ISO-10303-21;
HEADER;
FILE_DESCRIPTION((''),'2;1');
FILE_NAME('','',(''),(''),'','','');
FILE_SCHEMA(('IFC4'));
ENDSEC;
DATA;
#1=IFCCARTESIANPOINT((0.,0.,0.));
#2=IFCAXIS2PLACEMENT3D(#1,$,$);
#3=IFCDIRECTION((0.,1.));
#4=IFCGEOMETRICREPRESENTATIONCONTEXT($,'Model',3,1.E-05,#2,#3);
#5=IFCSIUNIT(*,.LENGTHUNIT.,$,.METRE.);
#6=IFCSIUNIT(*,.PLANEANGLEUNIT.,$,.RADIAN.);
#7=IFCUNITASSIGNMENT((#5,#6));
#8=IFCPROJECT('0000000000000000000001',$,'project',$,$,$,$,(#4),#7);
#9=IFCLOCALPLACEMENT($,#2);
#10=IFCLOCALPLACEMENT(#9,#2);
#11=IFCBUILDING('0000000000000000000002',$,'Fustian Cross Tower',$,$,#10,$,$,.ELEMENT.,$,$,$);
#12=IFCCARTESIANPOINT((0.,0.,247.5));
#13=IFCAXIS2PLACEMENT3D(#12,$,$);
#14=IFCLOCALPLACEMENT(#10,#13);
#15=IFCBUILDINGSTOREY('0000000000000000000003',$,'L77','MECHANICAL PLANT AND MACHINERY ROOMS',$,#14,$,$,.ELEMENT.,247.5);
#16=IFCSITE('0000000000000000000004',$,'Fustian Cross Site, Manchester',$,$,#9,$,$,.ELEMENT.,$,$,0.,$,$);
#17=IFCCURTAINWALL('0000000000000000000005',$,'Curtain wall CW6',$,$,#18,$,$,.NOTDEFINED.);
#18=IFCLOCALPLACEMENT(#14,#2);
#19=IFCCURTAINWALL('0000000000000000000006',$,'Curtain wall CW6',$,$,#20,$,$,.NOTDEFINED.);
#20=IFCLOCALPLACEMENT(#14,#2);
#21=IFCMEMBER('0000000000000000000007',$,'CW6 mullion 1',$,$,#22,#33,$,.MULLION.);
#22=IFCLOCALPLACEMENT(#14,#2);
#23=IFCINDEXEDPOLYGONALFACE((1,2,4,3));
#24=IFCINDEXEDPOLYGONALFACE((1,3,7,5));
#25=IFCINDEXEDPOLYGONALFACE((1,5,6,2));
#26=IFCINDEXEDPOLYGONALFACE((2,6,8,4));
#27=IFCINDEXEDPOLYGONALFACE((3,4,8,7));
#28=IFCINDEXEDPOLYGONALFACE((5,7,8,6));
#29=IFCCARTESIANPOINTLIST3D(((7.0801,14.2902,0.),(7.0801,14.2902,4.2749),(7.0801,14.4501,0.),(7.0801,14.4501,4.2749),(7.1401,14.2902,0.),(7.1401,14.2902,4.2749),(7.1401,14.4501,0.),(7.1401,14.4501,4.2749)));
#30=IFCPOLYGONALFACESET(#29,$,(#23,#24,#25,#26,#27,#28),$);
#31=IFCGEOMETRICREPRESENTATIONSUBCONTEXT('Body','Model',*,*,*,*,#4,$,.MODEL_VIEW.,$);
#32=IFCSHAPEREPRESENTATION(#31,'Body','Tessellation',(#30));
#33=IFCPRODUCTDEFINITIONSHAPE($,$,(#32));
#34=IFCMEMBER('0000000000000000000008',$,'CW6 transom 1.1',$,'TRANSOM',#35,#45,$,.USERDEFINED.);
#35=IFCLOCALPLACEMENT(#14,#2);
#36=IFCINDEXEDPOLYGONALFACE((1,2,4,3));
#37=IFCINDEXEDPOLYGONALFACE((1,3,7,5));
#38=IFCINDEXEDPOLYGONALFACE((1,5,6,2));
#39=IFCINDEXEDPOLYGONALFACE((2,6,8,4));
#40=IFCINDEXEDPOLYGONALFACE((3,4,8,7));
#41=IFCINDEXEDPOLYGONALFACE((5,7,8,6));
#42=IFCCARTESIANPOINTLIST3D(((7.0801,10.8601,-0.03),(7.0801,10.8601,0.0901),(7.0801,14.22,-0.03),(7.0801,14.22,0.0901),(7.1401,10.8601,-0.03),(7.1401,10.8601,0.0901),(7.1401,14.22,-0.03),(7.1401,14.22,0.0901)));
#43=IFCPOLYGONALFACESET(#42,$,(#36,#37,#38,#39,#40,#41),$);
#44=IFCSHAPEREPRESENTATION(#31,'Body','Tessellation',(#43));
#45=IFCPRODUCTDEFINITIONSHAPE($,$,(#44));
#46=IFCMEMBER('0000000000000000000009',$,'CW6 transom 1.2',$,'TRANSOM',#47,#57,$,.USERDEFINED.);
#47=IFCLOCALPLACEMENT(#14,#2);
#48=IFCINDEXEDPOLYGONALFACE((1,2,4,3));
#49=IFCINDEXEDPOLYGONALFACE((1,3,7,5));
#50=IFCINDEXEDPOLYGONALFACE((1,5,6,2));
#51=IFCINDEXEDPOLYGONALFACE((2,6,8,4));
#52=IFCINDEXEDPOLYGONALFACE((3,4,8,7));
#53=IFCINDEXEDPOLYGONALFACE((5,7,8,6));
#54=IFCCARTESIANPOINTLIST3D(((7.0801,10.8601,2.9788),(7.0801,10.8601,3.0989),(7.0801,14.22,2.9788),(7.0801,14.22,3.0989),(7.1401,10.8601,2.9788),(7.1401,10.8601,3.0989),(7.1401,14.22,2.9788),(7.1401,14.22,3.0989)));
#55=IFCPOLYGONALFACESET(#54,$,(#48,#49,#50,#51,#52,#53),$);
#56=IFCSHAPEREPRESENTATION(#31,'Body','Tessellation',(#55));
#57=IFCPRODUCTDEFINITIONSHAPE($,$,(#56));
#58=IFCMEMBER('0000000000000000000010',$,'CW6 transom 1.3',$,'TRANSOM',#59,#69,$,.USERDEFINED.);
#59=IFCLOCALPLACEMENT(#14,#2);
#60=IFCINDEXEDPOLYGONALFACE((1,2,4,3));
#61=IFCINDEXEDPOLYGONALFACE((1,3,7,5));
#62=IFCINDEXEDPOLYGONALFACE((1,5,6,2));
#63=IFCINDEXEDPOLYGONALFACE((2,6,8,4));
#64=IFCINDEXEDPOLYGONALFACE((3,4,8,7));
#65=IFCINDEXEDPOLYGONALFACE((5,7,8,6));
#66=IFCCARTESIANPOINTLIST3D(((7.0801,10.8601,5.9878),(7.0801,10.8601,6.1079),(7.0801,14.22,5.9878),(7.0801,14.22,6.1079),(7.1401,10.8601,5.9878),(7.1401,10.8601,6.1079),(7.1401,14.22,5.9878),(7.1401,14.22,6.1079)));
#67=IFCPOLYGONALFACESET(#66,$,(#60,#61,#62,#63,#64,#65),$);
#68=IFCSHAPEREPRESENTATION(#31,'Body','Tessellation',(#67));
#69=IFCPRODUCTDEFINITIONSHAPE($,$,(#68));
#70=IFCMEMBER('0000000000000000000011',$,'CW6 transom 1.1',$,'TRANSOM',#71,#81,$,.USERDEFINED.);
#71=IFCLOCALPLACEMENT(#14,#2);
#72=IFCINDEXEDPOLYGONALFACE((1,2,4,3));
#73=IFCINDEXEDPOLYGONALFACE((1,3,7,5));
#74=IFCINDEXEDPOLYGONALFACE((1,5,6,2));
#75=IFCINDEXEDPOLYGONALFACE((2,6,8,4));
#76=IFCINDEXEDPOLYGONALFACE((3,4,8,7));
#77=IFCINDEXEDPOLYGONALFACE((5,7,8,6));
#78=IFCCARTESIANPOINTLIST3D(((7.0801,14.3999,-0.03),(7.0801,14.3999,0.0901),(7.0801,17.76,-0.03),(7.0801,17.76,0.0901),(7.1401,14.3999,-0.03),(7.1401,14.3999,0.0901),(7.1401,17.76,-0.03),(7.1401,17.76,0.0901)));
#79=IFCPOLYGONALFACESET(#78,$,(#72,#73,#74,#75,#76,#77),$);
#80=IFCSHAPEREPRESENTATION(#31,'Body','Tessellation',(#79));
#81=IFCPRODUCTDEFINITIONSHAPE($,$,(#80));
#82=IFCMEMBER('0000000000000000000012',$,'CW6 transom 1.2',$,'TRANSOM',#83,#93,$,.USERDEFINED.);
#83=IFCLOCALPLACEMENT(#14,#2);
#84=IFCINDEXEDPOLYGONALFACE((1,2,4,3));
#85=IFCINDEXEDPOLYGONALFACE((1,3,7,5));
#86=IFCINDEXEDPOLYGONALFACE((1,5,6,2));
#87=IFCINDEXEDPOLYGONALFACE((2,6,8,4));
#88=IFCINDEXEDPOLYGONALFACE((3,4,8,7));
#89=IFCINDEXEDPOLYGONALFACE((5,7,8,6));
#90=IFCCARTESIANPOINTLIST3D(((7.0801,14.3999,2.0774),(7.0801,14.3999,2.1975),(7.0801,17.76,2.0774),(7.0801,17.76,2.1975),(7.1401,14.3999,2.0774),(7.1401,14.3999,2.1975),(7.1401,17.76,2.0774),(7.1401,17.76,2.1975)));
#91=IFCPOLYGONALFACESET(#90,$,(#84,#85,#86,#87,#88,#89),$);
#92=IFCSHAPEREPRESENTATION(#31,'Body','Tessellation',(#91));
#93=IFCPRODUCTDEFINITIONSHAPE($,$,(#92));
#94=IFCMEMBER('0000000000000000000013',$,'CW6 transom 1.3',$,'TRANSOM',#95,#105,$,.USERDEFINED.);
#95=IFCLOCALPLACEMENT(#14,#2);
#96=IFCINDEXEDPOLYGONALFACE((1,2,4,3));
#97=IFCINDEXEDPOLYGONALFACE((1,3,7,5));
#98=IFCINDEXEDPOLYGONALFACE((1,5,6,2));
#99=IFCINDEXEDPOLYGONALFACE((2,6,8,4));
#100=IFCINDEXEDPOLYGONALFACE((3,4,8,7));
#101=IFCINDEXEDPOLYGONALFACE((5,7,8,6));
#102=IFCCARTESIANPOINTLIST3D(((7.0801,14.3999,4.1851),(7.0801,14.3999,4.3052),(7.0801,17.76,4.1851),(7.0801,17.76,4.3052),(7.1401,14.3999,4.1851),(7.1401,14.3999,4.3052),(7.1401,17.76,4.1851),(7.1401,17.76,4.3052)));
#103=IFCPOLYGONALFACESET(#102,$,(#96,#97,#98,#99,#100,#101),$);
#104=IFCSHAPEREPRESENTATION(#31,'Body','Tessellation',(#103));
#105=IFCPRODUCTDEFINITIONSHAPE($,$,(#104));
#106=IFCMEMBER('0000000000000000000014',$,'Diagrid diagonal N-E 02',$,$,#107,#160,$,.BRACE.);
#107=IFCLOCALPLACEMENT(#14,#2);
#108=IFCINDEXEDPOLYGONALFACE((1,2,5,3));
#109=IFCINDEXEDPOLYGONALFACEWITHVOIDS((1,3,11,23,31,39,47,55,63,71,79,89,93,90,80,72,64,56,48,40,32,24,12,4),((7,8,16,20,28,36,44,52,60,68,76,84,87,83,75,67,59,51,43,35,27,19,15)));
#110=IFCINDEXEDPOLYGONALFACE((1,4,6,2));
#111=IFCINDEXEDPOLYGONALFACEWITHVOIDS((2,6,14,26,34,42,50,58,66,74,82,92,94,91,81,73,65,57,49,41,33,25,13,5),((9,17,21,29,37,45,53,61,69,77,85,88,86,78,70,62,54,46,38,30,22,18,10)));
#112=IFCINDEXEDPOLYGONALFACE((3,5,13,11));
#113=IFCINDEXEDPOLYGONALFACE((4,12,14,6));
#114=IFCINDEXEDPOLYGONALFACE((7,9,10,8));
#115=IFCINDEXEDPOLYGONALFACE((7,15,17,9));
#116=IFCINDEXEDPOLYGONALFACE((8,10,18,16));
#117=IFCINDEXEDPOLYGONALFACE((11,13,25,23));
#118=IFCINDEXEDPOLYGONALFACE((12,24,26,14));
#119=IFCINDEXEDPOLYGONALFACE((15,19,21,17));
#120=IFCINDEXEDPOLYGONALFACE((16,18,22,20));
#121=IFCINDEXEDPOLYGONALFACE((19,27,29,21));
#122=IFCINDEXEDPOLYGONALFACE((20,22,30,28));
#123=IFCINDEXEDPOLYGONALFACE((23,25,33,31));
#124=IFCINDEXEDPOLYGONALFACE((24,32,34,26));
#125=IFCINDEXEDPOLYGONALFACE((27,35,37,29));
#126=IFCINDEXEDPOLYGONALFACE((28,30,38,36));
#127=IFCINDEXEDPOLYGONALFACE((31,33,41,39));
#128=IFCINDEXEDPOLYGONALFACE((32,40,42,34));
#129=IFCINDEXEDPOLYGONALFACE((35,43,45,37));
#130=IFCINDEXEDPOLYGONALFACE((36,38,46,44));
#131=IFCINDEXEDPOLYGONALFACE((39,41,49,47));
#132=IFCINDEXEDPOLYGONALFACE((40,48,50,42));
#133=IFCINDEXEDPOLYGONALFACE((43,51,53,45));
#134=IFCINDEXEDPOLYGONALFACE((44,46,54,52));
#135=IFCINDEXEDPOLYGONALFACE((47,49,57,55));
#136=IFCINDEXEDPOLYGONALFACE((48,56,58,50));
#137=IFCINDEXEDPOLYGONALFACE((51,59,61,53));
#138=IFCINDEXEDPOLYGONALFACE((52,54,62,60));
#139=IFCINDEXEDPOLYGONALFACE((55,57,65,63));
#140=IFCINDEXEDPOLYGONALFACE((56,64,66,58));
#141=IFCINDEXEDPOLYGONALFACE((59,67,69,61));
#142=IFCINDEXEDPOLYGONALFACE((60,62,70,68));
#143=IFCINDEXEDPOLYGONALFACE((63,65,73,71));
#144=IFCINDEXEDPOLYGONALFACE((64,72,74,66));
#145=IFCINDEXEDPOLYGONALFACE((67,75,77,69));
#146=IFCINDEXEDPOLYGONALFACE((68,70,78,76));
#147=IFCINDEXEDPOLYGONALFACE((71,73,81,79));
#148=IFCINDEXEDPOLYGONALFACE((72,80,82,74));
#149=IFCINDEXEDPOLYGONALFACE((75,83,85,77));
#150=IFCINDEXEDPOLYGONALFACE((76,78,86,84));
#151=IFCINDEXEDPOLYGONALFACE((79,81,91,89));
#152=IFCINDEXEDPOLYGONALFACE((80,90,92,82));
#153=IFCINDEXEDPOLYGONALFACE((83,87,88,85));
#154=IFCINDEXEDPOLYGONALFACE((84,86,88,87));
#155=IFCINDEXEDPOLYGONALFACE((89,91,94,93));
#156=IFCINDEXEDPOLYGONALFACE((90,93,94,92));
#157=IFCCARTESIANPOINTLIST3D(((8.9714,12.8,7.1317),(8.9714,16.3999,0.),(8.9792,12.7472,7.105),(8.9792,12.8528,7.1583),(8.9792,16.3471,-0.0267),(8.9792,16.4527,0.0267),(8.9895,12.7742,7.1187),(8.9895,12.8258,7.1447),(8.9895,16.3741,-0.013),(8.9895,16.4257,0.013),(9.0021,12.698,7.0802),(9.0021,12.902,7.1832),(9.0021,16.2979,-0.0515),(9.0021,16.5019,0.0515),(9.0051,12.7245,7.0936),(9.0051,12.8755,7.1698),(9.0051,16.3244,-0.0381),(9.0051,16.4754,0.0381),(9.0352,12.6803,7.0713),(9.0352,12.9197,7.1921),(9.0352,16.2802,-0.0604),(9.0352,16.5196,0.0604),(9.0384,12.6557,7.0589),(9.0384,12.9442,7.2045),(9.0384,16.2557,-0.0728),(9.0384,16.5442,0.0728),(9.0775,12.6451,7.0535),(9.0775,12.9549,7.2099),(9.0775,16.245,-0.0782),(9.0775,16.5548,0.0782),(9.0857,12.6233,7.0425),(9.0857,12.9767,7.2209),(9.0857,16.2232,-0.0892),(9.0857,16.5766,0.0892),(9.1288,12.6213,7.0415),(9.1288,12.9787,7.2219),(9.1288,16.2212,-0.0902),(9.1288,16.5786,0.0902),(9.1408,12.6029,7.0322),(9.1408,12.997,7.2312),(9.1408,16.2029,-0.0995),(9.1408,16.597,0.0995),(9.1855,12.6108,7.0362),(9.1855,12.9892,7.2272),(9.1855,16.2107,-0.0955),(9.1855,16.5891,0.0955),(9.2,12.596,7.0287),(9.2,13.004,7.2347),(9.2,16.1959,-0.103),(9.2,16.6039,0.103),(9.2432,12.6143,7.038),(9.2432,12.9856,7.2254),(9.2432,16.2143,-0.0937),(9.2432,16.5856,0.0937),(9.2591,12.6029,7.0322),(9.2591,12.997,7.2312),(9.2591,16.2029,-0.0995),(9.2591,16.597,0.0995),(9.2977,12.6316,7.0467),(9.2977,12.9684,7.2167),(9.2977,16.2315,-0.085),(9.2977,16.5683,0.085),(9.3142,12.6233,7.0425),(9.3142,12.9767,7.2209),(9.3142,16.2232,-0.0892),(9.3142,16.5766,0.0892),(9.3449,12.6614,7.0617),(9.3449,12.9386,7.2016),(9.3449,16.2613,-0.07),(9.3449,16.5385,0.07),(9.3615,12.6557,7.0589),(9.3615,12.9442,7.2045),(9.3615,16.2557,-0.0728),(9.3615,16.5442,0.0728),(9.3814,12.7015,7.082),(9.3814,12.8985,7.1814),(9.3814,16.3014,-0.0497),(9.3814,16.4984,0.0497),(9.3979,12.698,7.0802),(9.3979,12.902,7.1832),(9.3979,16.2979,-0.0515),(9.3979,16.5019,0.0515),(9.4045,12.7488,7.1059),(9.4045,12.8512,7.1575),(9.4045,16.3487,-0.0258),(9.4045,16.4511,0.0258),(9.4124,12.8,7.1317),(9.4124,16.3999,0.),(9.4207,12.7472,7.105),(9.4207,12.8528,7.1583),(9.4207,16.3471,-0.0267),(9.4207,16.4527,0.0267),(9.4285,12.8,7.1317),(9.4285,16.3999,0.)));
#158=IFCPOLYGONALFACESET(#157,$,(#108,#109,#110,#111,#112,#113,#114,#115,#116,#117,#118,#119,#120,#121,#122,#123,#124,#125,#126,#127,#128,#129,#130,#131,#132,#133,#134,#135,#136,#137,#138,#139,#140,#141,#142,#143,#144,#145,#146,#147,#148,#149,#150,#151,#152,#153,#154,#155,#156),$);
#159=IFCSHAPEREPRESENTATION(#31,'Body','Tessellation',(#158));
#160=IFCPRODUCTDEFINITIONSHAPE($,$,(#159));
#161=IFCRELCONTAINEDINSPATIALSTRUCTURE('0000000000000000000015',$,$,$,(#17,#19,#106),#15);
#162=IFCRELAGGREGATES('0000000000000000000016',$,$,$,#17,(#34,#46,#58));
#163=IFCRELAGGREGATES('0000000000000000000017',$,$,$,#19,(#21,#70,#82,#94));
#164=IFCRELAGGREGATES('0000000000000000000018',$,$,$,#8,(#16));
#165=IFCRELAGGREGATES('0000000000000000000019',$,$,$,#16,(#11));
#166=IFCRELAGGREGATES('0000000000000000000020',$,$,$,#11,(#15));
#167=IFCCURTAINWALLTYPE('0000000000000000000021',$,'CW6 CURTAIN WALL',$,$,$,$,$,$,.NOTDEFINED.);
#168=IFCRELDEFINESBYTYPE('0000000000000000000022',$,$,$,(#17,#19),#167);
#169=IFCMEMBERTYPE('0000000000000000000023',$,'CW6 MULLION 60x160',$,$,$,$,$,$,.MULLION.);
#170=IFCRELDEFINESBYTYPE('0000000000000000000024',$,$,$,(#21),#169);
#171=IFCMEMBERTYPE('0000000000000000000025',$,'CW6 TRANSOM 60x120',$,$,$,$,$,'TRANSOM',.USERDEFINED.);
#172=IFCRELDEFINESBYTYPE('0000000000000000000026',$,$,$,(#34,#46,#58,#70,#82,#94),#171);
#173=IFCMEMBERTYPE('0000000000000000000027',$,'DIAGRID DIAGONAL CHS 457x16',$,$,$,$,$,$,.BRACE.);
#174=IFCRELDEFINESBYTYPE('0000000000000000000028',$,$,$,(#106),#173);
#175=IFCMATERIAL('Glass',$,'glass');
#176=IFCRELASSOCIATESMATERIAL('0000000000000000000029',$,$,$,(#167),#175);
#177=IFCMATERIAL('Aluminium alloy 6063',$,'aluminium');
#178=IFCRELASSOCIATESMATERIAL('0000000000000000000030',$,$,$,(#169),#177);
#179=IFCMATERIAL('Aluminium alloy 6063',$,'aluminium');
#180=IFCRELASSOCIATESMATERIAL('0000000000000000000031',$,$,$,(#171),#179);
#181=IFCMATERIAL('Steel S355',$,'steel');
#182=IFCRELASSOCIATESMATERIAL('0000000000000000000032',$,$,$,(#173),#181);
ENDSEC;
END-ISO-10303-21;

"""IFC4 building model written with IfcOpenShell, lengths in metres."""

from ifc_helpers import new_model, si_unit, direction, frame, origin, origin_2d, place, context, subcontext, project, spatial, rectangle, hollow_circle, extrude, material, material_profile, profile_set, type_object, element, aggregate, save


model = new_model("IFC4")

# Units and contexts
model_context = context("Model", 3, precision=1e-05, world=origin(), true_north=direction((0.0, 1.0)))
body_context = subcontext(model_context, "Body", "Model", "MODEL_VIEW")
ifc_project = project(units=[si_unit("LENGTHUNIT", "METRE"), si_unit("PLANEANGLEUNIT", "RADIAN")], contexts=[model_context])

# Site, building, storey
site_placement = place(None, origin())
site = spatial("IfcSite", under=ifc_project, at=site_placement, Name="Fustian Cross Site, Manchester", CompositionType="ELEMENT", RefElevation=0.0)
building_placement = place(site_placement, origin())
building = spatial("IfcBuilding", under=site, at=building_placement, Name="Fustian Cross Tower", CompositionType="ELEMENT")
storey_placement = place(building_placement, frame((0.0, 0.0, 247.5)))
storey = spatial("IfcBuildingStorey", under=building, at=storey_placement, Name="L77", Description="MECHANICAL PLANT AND MACHINERY ROOMS", CompositionType="ELEMENT", Elevation=247.5)

# Shared definitions
ifc_material_1 = material(Name="Glass", Category="glass")
curtain_wall_type = type_object("IfcCurtainWallType", Name="CW6 CURTAIN WALL", PredefinedType="NOTDEFINED", material=ifc_material_1)
ifc_material_2 = material(Name="Aluminium alloy 6063", Category="aluminium")
ifc_material_profile_1 = material_profile(ifc_material_2, rectangle(XDim=0.0601, YDim=0.1599, at=origin_2d()), Name="CW6 MULLION 60x160")
ifc_profile_set_1 = profile_set([ifc_material_profile_1], Name="Aluminium alloy 6063")
member_type_1 = type_object("IfcMemberType", Name="CW6 MULLION 60x160", PredefinedType="MULLION", material=ifc_profile_set_1)

# Curtain wall
curtain_wall_1_placement = place(storey_placement, origin())
curtain_wall_1 = element("IfcCurtainWall", 1, at=curtain_wall_1_placement, inside=storey, type_object=curtain_wall_type, Name="Curtain wall CW6", PredefinedType="NOTDEFINED")

# Curtain wall, member
curtain_wall_2_placement = place(storey_placement, origin())
curtain_wall_2 = element("IfcCurtainWall", 2, at=curtain_wall_2_placement, inside=storey, type_object=curtain_wall_type, Name="Curtain wall CW6", PredefinedType="NOTDEFINED")
member_1_placement = place(storey_placement, frame((7.1101, 14.3701, 0.0), z_axis=(0.0, 0.0, 1.0), x_axis=(-1.0, 0.0, 0.0)))
member_1 = element("IfcMember", 3, at=member_1_placement, type_object=member_type_1, Name="CW6 mullion 1", PredefinedType="MULLION", context=body_context, shape_type="SweptSolid", body=[
    extrude(rectangle(XDim=0.0601, YDim=0.1599, at=origin_2d()), origin(), (0.0, 0.0, 1.0), 4.2749),
])

# Members
ifc_material_3 = material(Name="Aluminium alloy 6063", Category="aluminium")
ifc_material_profile_2 = material_profile(ifc_material_3, rectangle(XDim=0.0601, YDim=0.1201, at=origin_2d()), Name="CW6 TRANSOM 60x120")
ifc_profile_set_2 = profile_set([ifc_material_profile_2], Name="Aluminium alloy 6063")
member_type_2 = type_object("IfcMemberType", Name="CW6 TRANSOM 60x120", ElementType="TRANSOM", PredefinedType="USERDEFINED", material=ifc_profile_set_2)
member_2_placement = place(storey_placement, frame((7.1101, 10.8601, 0.03), z_axis=(0.0, 1.0, 0.0), x_axis=(-1.0, 0.0, 0.0)))
member_2 = element("IfcMember", 4, at=member_2_placement, type_object=member_type_2, Name="CW6 transom 1.1", ObjectType="TRANSOM", PredefinedType="USERDEFINED", context=body_context, shape_type="SweptSolid", body=[
    extrude(rectangle(XDim=0.0601, YDim=0.1201, at=origin_2d()), origin(), (0.0, 0.0, 1.0), 3.3599),
])
member_3_placement = place(storey_placement, frame((7.1101, 10.8601, 3.0388), z_axis=(0.0, 1.0, 0.0), x_axis=(-1.0, 0.0, 0.0)))
member_3 = element("IfcMember", 5, at=member_3_placement, type_object=member_type_2, Name="CW6 transom 1.2", ObjectType="TRANSOM", PredefinedType="USERDEFINED", context=body_context, shape_type="SweptSolid", body=[
    extrude(rectangle(XDim=0.0601, YDim=0.1201, at=origin_2d()), origin(), (0.0, 0.0, 1.0), 3.3599),
])
member_4_placement = place(storey_placement, frame((7.1101, 10.8601, 6.0479), z_axis=(0.0, 1.0, 0.0), x_axis=(-1.0, 0.0, 0.0)))
member_4 = element("IfcMember", 6, at=member_4_placement, type_object=member_type_2, Name="CW6 transom 1.3", ObjectType="TRANSOM", PredefinedType="USERDEFINED", context=body_context, shape_type="SweptSolid", body=[
    extrude(rectangle(XDim=0.0601, YDim=0.1201, at=origin_2d()), origin(), (0.0, 0.0, 1.0), 3.3599),
])
member_5_placement = place(storey_placement, frame((7.1101, 14.3999, 0.03), z_axis=(0.0, 1.0, 0.0), x_axis=(-1.0, 0.0, 0.0)))
member_5 = element("IfcMember", 7, at=member_5_placement, type_object=member_type_2, Name="CW6 transom 1.1", ObjectType="TRANSOM", PredefinedType="USERDEFINED", context=body_context, shape_type="SweptSolid", body=[
    extrude(rectangle(XDim=0.0601, YDim=0.1201, at=origin_2d()), origin(), (0.0, 0.0, 1.0), 3.3601),
])
member_6_placement = place(storey_placement, frame((7.1101, 14.3999, 2.1375), z_axis=(0.0, 1.0, 0.0), x_axis=(-1.0, 0.0, 0.0)))
member_6 = element("IfcMember", 8, at=member_6_placement, type_object=member_type_2, Name="CW6 transom 1.2", ObjectType="TRANSOM", PredefinedType="USERDEFINED", context=body_context, shape_type="SweptSolid", body=[
    extrude(rectangle(XDim=0.0601, YDim=0.1201, at=origin_2d()), origin(), (0.0, 0.0, 1.0), 3.3601),
])
member_7_placement = place(storey_placement, frame((7.1101, 14.3999, 4.2451), z_axis=(0.0, 1.0, 0.0), x_axis=(-1.0, 0.0, 0.0)))
member_7 = element("IfcMember", 9, at=member_7_placement, type_object=member_type_2, Name="CW6 transom 1.3", ObjectType="TRANSOM", PredefinedType="USERDEFINED", context=body_context, shape_type="SweptSolid", body=[
    extrude(rectangle(XDim=0.0601, YDim=0.1201, at=origin_2d()), origin(), (0.0, 0.0, 1.0), 3.3601),
])

# Member
ifc_material_4 = material(Name="Steel S355", Category="steel")
ifc_material_profile_3 = material_profile(ifc_material_4, hollow_circle(Radius=0.2285, WallThickness=0.0161, at=origin_2d()), Name="CHS 457x16")
ifc_profile_set_3 = profile_set([ifc_material_profile_3], Name="Steel S355")
member_type_3 = type_object("IfcMemberType", Name="DIAGRID DIAGONAL CHS 457x16", PredefinedType="BRACE", material=ifc_profile_set_3)
member_8_placement = place(storey_placement, frame((9.2, 16.3999, 0.0), z_axis=(0.0, -0.450621, 0.892715), x_axis=(1.0, 0.0, 0.0)))
element("IfcMember", 10, at=member_8_placement, inside=storey, type_object=member_type_3, Name="Diagrid diagonal N-E 02", PredefinedType="BRACE", context=body_context, shape_type="SweptSolid", body=[
    extrude(hollow_circle(Radius=0.2285, WallThickness=0.0161, at=origin_2d()), origin(), (0.0, 0.0, 1.0), 7.9888),
])

aggregate(curtain_wall_1, [member_2, member_3, member_4])
aggregate(curtain_wall_2, [member_1, member_5, member_6, member_7])

save(model, "model.ifc")
